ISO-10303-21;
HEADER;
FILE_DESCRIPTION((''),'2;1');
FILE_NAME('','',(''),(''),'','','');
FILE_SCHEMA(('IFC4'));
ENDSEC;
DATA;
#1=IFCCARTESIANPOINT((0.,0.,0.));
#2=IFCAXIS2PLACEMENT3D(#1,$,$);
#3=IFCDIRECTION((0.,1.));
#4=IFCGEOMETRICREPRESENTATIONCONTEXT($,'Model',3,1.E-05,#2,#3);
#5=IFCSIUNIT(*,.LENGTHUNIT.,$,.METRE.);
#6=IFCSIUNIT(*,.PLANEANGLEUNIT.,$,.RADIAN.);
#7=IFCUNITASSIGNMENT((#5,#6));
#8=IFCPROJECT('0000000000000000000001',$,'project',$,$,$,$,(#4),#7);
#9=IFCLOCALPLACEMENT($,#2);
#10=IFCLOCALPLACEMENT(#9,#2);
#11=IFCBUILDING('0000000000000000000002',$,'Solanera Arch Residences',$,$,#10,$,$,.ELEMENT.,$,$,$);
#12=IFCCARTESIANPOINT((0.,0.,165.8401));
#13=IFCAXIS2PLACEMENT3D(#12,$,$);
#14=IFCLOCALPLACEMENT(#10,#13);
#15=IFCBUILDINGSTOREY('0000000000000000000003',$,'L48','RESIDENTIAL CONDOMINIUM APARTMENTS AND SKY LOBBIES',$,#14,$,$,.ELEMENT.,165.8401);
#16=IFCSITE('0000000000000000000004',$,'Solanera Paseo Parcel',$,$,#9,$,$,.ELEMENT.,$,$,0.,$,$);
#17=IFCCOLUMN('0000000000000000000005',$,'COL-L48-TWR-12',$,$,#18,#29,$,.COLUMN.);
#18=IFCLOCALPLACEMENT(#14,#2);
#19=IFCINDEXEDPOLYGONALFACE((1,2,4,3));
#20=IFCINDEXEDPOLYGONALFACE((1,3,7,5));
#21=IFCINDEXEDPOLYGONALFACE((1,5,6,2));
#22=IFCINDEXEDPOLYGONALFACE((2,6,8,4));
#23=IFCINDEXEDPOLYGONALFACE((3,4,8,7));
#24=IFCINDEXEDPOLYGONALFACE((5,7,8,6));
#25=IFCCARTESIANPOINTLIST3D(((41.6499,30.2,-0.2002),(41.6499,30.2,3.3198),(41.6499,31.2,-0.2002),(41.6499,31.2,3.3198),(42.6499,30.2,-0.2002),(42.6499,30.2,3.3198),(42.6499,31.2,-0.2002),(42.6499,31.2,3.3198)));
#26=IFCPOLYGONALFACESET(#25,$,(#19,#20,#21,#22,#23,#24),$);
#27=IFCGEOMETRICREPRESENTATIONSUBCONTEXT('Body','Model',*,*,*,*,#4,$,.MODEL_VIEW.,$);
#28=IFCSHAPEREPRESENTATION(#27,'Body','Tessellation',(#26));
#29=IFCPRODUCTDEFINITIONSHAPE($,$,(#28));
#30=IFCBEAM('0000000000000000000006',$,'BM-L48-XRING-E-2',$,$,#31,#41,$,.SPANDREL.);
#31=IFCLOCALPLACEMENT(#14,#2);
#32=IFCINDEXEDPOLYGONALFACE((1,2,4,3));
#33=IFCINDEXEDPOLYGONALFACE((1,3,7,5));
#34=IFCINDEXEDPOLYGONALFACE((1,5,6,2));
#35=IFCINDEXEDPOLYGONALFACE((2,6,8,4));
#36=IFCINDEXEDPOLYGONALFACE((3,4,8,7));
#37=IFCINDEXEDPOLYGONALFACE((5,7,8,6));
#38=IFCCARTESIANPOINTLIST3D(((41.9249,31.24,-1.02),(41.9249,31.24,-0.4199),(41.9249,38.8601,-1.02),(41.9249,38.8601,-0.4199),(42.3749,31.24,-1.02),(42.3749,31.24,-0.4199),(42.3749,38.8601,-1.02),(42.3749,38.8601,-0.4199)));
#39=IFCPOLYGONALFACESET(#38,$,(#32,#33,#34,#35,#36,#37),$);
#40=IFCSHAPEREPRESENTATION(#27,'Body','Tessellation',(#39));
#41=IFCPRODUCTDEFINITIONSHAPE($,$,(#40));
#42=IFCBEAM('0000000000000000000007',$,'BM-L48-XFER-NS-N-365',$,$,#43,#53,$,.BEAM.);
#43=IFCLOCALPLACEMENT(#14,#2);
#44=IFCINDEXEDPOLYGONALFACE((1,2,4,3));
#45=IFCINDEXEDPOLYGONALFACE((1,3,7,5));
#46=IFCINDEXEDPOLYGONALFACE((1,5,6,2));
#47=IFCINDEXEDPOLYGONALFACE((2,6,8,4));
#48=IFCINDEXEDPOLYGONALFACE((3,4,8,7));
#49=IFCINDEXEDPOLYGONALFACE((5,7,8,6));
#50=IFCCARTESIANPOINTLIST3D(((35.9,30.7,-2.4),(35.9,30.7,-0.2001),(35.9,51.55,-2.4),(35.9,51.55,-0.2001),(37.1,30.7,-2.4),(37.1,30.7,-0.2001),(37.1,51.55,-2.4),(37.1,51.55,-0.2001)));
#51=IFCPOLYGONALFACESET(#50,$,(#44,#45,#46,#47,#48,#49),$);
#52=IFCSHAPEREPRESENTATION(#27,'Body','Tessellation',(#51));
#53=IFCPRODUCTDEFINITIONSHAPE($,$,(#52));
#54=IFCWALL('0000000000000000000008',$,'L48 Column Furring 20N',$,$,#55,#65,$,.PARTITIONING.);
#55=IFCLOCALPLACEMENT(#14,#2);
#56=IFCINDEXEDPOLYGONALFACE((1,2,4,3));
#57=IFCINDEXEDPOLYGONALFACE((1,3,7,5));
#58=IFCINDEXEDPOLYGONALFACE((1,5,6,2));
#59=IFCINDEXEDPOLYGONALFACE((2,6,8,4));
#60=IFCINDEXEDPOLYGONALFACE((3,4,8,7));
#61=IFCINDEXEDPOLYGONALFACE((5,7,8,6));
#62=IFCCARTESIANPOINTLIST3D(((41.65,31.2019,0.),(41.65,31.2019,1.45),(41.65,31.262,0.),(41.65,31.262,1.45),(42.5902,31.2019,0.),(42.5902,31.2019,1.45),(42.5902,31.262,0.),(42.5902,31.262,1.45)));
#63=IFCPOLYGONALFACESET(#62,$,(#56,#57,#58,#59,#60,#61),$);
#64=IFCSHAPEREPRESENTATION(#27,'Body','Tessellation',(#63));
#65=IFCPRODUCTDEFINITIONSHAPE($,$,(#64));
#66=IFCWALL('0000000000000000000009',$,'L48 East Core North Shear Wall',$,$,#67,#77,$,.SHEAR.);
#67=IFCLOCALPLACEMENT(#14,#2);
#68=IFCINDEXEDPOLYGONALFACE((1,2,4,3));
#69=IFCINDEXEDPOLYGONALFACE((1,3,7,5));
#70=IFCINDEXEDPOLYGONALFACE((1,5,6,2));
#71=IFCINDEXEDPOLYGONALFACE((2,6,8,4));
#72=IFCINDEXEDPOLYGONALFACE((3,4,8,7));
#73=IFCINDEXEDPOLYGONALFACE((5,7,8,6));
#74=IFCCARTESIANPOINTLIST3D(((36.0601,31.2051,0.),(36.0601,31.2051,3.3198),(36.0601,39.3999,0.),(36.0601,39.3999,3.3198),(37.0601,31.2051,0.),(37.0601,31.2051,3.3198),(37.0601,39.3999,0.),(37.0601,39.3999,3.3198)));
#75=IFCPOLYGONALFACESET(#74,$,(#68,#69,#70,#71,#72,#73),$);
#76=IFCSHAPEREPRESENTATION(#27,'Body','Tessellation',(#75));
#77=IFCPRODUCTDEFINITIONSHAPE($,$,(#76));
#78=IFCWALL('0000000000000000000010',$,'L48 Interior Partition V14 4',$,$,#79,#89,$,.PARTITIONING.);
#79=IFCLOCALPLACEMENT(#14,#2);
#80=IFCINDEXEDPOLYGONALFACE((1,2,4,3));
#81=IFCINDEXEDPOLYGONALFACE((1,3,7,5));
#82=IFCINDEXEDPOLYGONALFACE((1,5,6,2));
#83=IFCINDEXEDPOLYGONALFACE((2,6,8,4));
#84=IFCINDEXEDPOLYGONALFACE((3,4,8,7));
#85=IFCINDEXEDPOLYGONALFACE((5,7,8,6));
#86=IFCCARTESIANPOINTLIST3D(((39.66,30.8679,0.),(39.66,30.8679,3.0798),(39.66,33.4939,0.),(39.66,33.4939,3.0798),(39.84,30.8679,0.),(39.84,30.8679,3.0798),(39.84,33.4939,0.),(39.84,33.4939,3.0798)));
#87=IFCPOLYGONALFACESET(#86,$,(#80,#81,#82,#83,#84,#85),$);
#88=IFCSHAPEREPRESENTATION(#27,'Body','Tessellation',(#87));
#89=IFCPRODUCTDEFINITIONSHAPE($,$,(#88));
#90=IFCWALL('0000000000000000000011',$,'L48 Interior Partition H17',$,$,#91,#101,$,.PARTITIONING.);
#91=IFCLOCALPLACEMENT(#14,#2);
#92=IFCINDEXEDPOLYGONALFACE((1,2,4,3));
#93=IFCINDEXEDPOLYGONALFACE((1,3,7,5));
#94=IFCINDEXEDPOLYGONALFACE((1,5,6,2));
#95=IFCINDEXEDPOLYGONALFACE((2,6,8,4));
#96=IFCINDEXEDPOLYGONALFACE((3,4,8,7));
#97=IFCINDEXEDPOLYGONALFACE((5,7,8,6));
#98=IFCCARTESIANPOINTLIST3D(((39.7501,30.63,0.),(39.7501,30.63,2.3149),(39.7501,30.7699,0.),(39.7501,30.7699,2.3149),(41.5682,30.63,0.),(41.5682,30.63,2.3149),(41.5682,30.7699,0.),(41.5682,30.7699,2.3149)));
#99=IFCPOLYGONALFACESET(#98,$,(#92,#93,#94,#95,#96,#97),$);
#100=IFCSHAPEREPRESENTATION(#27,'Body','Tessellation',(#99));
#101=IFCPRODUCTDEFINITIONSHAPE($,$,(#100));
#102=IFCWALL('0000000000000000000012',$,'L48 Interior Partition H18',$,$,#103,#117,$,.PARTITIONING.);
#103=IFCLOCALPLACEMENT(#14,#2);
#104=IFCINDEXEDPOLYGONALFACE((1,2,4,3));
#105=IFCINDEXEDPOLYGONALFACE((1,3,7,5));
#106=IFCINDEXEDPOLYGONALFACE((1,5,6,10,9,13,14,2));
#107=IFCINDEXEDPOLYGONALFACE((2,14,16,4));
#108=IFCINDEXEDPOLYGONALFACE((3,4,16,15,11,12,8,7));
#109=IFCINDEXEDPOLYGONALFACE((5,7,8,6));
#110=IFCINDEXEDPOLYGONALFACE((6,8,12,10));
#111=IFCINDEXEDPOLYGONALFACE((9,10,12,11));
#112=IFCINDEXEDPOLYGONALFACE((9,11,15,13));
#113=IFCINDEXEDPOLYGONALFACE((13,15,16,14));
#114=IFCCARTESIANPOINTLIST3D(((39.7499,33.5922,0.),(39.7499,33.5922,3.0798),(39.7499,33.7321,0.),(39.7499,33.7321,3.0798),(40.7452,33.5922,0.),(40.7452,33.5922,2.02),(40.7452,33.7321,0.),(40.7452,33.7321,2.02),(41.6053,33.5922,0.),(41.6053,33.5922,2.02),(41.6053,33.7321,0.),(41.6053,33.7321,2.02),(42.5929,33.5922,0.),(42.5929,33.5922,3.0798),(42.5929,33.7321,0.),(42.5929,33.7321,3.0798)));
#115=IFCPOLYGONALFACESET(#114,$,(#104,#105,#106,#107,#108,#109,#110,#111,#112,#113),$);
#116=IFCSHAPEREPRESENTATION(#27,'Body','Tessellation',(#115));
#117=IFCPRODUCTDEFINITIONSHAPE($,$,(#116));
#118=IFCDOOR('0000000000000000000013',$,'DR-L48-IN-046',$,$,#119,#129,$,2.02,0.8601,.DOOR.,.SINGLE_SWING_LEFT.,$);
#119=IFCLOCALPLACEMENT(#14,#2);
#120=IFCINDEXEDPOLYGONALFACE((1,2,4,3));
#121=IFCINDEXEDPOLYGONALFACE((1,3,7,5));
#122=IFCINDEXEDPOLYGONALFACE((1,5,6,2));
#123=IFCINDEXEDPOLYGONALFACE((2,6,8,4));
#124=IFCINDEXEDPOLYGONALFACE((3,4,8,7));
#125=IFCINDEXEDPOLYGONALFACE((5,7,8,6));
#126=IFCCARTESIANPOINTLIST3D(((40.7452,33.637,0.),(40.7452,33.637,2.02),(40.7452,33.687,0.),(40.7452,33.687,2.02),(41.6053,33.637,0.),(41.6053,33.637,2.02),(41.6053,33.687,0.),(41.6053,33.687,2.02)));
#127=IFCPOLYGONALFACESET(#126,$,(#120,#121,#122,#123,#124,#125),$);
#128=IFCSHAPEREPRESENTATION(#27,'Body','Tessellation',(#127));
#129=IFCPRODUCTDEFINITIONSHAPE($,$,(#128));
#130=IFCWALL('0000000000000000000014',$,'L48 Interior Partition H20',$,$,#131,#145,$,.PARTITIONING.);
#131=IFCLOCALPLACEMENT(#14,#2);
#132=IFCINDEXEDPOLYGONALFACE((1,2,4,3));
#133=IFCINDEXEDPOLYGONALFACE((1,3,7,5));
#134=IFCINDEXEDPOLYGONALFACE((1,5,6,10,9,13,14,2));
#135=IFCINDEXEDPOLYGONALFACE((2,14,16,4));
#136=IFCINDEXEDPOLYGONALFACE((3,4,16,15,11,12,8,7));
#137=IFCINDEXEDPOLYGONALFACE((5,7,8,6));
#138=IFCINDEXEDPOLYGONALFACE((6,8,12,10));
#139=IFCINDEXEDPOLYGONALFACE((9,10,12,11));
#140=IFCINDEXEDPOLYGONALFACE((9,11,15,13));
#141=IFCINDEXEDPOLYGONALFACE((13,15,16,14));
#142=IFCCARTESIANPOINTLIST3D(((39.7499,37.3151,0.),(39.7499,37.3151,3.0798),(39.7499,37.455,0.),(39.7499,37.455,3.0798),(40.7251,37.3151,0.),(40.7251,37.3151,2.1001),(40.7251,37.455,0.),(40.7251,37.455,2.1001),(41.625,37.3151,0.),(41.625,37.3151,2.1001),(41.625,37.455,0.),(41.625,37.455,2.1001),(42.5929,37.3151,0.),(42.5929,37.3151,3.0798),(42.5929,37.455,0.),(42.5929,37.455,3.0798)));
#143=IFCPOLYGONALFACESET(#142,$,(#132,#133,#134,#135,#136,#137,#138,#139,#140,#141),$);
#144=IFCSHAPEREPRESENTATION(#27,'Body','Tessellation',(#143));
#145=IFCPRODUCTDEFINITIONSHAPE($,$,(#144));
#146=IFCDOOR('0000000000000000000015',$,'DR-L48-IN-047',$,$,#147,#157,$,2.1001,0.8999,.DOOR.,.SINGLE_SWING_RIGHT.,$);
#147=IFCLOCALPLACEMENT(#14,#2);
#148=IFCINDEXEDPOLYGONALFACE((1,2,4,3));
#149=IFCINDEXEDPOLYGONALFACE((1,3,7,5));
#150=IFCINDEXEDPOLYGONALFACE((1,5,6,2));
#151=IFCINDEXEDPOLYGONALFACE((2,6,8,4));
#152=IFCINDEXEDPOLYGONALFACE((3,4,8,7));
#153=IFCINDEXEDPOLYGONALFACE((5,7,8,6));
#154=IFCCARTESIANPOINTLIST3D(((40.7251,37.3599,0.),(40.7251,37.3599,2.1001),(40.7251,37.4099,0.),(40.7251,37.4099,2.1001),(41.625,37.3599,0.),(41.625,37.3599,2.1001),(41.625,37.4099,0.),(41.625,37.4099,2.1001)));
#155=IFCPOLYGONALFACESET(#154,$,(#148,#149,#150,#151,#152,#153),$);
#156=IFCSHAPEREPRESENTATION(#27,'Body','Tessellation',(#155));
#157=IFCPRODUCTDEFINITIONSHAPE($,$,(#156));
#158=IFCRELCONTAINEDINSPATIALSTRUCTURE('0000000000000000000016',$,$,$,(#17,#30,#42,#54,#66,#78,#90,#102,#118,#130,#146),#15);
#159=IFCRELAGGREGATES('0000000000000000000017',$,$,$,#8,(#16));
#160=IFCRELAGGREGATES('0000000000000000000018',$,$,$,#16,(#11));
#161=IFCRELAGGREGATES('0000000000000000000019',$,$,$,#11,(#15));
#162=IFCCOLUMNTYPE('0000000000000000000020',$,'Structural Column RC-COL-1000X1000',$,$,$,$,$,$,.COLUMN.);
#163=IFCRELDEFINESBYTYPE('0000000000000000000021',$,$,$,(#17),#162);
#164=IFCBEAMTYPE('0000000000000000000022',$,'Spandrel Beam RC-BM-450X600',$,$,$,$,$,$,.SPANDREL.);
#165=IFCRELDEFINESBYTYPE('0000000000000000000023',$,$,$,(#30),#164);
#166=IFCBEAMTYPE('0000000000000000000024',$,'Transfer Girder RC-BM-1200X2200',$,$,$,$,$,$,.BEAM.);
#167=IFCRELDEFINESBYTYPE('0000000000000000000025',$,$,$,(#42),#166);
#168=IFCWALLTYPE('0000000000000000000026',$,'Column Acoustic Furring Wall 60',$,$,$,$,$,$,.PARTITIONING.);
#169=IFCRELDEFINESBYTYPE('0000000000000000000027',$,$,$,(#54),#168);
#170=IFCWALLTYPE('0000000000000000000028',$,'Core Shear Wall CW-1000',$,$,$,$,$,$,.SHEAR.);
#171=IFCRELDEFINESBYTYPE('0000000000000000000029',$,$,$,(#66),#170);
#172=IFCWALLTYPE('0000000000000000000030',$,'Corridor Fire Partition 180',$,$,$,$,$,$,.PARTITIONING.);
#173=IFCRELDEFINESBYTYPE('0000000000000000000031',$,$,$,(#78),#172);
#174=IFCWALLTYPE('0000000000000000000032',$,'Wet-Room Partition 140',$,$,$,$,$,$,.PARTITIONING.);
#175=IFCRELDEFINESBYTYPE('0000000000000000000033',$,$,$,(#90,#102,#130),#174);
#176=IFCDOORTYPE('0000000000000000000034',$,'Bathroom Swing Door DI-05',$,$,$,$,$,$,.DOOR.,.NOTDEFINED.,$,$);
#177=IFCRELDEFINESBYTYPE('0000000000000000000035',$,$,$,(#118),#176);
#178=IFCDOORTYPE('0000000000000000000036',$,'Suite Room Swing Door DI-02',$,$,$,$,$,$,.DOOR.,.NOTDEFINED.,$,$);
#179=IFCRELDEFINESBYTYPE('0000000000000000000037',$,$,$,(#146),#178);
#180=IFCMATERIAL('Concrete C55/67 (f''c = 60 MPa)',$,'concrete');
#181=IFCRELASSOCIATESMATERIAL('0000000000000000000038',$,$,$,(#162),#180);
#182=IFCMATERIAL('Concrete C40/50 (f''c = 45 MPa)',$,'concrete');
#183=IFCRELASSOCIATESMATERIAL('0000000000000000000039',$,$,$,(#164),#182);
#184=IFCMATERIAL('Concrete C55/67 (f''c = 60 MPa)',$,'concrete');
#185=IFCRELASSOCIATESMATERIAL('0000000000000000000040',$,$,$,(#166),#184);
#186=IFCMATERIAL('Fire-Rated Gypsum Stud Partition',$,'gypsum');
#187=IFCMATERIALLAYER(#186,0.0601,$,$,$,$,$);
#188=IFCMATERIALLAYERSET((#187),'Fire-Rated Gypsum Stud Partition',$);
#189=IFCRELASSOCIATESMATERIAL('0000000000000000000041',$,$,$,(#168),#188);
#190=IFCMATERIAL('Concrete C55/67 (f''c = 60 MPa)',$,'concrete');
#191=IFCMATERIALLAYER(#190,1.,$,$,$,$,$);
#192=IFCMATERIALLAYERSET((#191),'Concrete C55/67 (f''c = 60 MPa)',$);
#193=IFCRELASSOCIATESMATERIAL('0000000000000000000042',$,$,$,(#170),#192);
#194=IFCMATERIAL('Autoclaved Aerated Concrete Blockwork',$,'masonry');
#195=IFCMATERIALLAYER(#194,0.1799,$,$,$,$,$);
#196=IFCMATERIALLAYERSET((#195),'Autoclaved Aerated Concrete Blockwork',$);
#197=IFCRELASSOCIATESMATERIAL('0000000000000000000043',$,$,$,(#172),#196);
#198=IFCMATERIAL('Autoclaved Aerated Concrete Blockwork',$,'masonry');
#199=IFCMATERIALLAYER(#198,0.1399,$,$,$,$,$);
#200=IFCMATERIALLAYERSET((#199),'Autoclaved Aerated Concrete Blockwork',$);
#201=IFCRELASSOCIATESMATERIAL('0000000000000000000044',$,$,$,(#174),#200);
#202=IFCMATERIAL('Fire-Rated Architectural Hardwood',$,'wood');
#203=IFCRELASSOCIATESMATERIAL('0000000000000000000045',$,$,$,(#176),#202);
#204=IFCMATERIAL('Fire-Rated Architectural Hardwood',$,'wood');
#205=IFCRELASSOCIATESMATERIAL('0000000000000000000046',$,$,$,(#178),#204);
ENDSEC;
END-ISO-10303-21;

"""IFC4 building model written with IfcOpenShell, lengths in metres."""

from ifc_helpers import new_model, si_unit, direction, frame, frame_2d, origin, origin_2d, place, context, subcontext, project, spatial, rectangle, extrude, material, layer, layer_set, material_profile, profile_set, type_object, element, fill, save


model = new_model("IFC4")

# Units and contexts
model_context = context("Model", 3, precision=1e-05, world=origin(), true_north=direction((0.0, 1.0)))
body_context = subcontext(model_context, "Body", "Model", "MODEL_VIEW")
ifc_project = project(units=[si_unit("LENGTHUNIT", "METRE"), si_unit("PLANEANGLEUNIT", "RADIAN")], contexts=[model_context])

# Site, building, storey
site_placement = place(None, origin())
site = spatial("IfcSite", under=ifc_project, at=site_placement, Name="Solanera Paseo Parcel", CompositionType="ELEMENT", RefElevation=0.0)
building_placement = place(site_placement, origin())
building = spatial("IfcBuilding", under=site, at=building_placement, Name="Solanera Arch Residences", CompositionType="ELEMENT")
storey_placement = place(building_placement, frame((0.0, 0.0, 165.8401)))
storey = spatial("IfcBuildingStorey", under=building, at=storey_placement, Name="L48", Description="RESIDENTIAL CONDOMINIUM APARTMENTS AND SKY LOBBIES", CompositionType="ELEMENT", Elevation=165.8401)

# Column
ifc_material_1 = material(Name="Concrete C55/67 (f'c = 60 MPa)", Category="concrete")
ifc_material_profile_1 = material_profile(ifc_material_1, rectangle(XDim=1.0, YDim=1.0, at=origin_2d()))
ifc_profile_set_1 = profile_set([ifc_material_profile_1], Name="Concrete C55/67 (f'c = 60 MPa)")
column_type = type_object("IfcColumnType", Name="Structural Column RC-COL-1000X1000", PredefinedType="COLUMN", material=ifc_profile_set_1)
column_placement = place(storey_placement, frame((42.1499, 30.7, -0.2002), z_axis=(0.0, 0.0, 1.0), x_axis=(1.0, 0.0, 0.0)))
element("IfcColumn", 1, at=column_placement, inside=storey, type_object=column_type, Name="COL-L48-TWR-12", PredefinedType="COLUMN", context=body_context, shape_type="SweptSolid", body=[
    extrude(rectangle(XDim=1.0, YDim=1.0, at=origin_2d()), origin(), (0.0, 0.0, 1.0), 3.52),
])

# Beams
ifc_material_2 = material(Name="Concrete C40/50 (f'c = 45 MPa)", Category="concrete")
ifc_material_profile_2 = material_profile(ifc_material_2, rectangle(XDim=0.45, YDim=0.6001, at=origin_2d()))
ifc_profile_set_2 = profile_set([ifc_material_profile_2], Name="Concrete C40/50 (f'c = 45 MPa)")
beam_type_1 = type_object("IfcBeamType", Name="Spandrel Beam RC-BM-450X600", PredefinedType="SPANDREL", material=ifc_profile_set_2)
beam_1_placement = place(storey_placement, frame((42.1499, 31.24, -0.72), z_axis=(0.0, 1.0, 0.0), x_axis=(-1.0, 0.0, 0.0)))
element("IfcBeam", 2, at=beam_1_placement, inside=storey, type_object=beam_type_1, Name="BM-L48-XRING-E-2", PredefinedType="SPANDREL", context=body_context, shape_type="SweptSolid", body=[
    extrude(rectangle(XDim=0.45, YDim=0.6001, at=origin_2d()), origin(), (0.0, 0.0, 1.0), 7.6201),
])
ifc_material_3 = material(Name="Concrete C55/67 (f'c = 60 MPa)", Category="concrete")
ifc_material_profile_3 = material_profile(ifc_material_3, rectangle(XDim=1.2, YDim=2.2, at=origin_2d()))
ifc_profile_set_3 = profile_set([ifc_material_profile_3], Name="Concrete C55/67 (f'c = 60 MPa)")
beam_type_2 = type_object("IfcBeamType", Name="Transfer Girder RC-BM-1200X2200", PredefinedType="BEAM", material=ifc_profile_set_3)
beam_2_placement = place(storey_placement, frame((36.5, 30.7, -1.3), z_axis=(0.0, 1.0, 0.0), x_axis=(-1.0, 0.0, 0.0)))
element("IfcBeam", 3, at=beam_2_placement, inside=storey, type_object=beam_type_2, Name="BM-L48-XFER-NS-N-365", PredefinedType="BEAM", context=body_context, shape_type="SweptSolid", body=[
    extrude(rectangle(XDim=1.2, YDim=2.2, at=origin_2d()), origin(), (0.0, 0.0, 1.0), 20.8501),
])

# Walls
ifc_material_4 = material(Name="Fire-Rated Gypsum Stud Partition", Category="gypsum")
ifc_layer_1 = layer(ifc_material_4, 0.0601)
ifc_layer_set_1 = layer_set([ifc_layer_1], Name="Fire-Rated Gypsum Stud Partition")
wall_type_1 = type_object("IfcWallType", Name="Column Acoustic Furring Wall 60", PredefinedType="PARTITIONING", material=ifc_layer_set_1)
wall_1_placement = place(storey_placement, frame((41.6499, 31.2319, 0.0), z_axis=(0.0, 0.0, 1.0), x_axis=(1.0, 0.0, 0.0)))
element("IfcWall", 4, at=wall_1_placement, inside=storey, type_object=wall_type_1, Name="L48 Column Furring 20N", PredefinedType="PARTITIONING", context=body_context, shape_type="SweptSolid", body=[
    extrude(rectangle(XDim=0.9402, YDim=0.0601, at=frame_2d((0.4702, 0.0))), origin(), (0.0, 0.0, 1.0), 1.45),
])
ifc_material_5 = material(Name="Concrete C55/67 (f'c = 60 MPa)", Category="concrete")
ifc_layer_2 = layer(ifc_material_5, 1.0)
ifc_layer_set_2 = layer_set([ifc_layer_2], Name="Concrete C55/67 (f'c = 60 MPa)")
wall_type_2 = type_object("IfcWallType", Name="Core Shear Wall CW-1000", PredefinedType="SHEAR", material=ifc_layer_set_2)
wall_2_placement = place(storey_placement, frame((36.5601, 31.2051, 0.0), z_axis=(0.0, 0.0, 1.0), x_axis=(0.0, 1.0, 0.0)))
element("IfcWall", 5, at=wall_2_placement, inside=storey, type_object=wall_type_2, Name="L48 East Core North Shear Wall", PredefinedType="SHEAR", context=body_context, shape_type="SweptSolid", body=[
    extrude(rectangle(XDim=8.1948, YDim=1.0, at=frame_2d((4.0974, 0.0))), origin(), (0.0, 0.0, 1.0), 3.3198),
])

# Wall
ifc_material_6 = material(Name="Autoclaved Aerated Concrete Blockwork", Category="masonry")
ifc_layer_3 = layer(ifc_material_6, 0.1799)
ifc_layer_set_3 = layer_set([ifc_layer_3], Name="Autoclaved Aerated Concrete Blockwork")
wall_type_3 = type_object("IfcWallType", Name="Corridor Fire Partition 180", PredefinedType="PARTITIONING", material=ifc_layer_set_3)
wall_3_placement = place(storey_placement, frame((39.75, 30.8679, 0.0), z_axis=(0.0, 0.0, 1.0), x_axis=(0.0, 1.0, 0.0)))
element("IfcWall", 6, at=wall_3_placement, inside=storey, type_object=wall_type_3, Name="L48 Interior Partition V14 4", PredefinedType="PARTITIONING", context=body_context, shape_type="SweptSolid", body=[
    extrude(rectangle(XDim=2.626, YDim=0.1799, at=frame_2d((1.313, 0.0))), origin(), (0.0, 0.0, 1.0), 3.0798),
])

# Wall
ifc_material_7 = material(Name="Autoclaved Aerated Concrete Blockwork", Category="masonry")
ifc_layer_4 = layer(ifc_material_7, 0.1399)
ifc_layer_set_4 = layer_set([ifc_layer_4], Name="Autoclaved Aerated Concrete Blockwork")
wall_type_4 = type_object("IfcWallType", Name="Wet-Room Partition 140", PredefinedType="PARTITIONING", material=ifc_layer_set_4)
wall_4_placement = place(storey_placement, frame((39.75, 30.7, 0.0), z_axis=(0.0, 0.0, 1.0), x_axis=(1.0, 0.0, 0.0)))
element("IfcWall", 7, at=wall_4_placement, inside=storey, type_object=wall_type_4, Name="L48 Interior Partition H17", PredefinedType="PARTITIONING", context=body_context, shape_type="SweptSolid", body=[
    extrude(rectangle(XDim=1.8181, YDim=0.1399, at=frame_2d((0.9092, 0.0))), origin(), (0.0, 0.0, 1.0), 2.3149),
])

# Walls, openings, doors
wall_5_placement = place(storey_placement, frame((39.75, 33.6621, 0.0), z_axis=(0.0, 0.0, 1.0), x_axis=(1.0, 0.0, 0.0)))
wall_5 = element("IfcWall", 8, at=wall_5_placement, inside=storey, type_object=wall_type_4, Name="L48 Interior Partition H18", PredefinedType="PARTITIONING", context=body_context, shape_type="SweptSolid", body=[
    extrude(rectangle(XDim=2.843, YDim=0.1399, at=frame_2d((1.4214, 0.0))), origin(), (0.0, 0.0, 1.0), 3.0798),
])
opening_1_placement = place(wall_5_placement, frame((0.9951, 0.0, 0.0)))
opening_1 = element("IfcOpeningElement", 9, at=opening_1_placement, cuts=wall_5, PredefinedType="OPENING", context=body_context, shape_type="SweptSolid", body=[
    extrude(rectangle(XDim=0.8601, YDim=2.02, at=frame_2d((0.4302, 1.01))), frame((0.0, 0.0798, 0.0), z_axis=(0.0, -1.0, 0.0), x_axis=(1.0, 0.0, 0.0)), (0.0, 0.0, 1.0), 0.1599),
])
ifc_material_8 = material(Name="Fire-Rated Architectural Hardwood", Category="wood")
door_type_1 = type_object("IfcDoorType", Name="Bathroom Swing Door DI-05", OperationType="NOTDEFINED", PredefinedType="DOOR", material=ifc_material_8)
door_1_placement = place(opening_1_placement, origin())
door_1 = element("IfcDoor", 10, at=door_1_placement, inside=storey, type_object=door_type_1, Name="DR-L48-IN-046", OperationType="SINGLE_SWING_LEFT", OverallHeight=2.02, OverallWidth=0.8601, PredefinedType="DOOR", context=body_context, shape_type="SweptSolid", body=[
    extrude(rectangle(XDim=0.8601, YDim=2.02, at=frame_2d((0.4302, 1.01))), frame((0.0, 0.0249, 0.0), z_axis=(0.0, -1.0, 0.0), x_axis=(1.0, 0.0, 0.0)), (0.0, 0.0, 1.0), 0.05),
])
fill(opening_1, door_1)
wall_6_placement = place(storey_placement, frame((39.75, 37.385, 0.0), z_axis=(0.0, 0.0, 1.0), x_axis=(1.0, 0.0, 0.0)))
wall_6 = element("IfcWall", 11, at=wall_6_placement, inside=storey, type_object=wall_type_4, Name="L48 Interior Partition H20", PredefinedType="PARTITIONING", context=body_context, shape_type="SweptSolid", body=[
    extrude(rectangle(XDim=2.843, YDim=0.1399, at=frame_2d((1.4214, 0.0))), origin(), (0.0, 0.0, 1.0), 3.0798),
])
opening_2_placement = place(wall_6_placement, frame((0.9751, 0.0, 0.0)))
opening_2 = element("IfcOpeningElement", 12, at=opening_2_placement, cuts=wall_6, PredefinedType="OPENING", context=body_context, shape_type="SweptSolid", body=[
    extrude(rectangle(XDim=0.8999, YDim=2.1001, at=frame_2d((0.45, 1.05))), frame((0.0, 0.0798, 0.0), z_axis=(0.0, -1.0, 0.0), x_axis=(1.0, 0.0, 0.0)), (0.0, 0.0, 1.0), 0.1599),
])
ifc_material_9 = material(Name="Fire-Rated Architectural Hardwood", Category="wood")
door_type_2 = type_object("IfcDoorType", Name="Suite Room Swing Door DI-02", OperationType="NOTDEFINED", PredefinedType="DOOR", material=ifc_material_9)
door_2_placement = place(opening_2_placement, origin())
door_2 = element("IfcDoor", 13, at=door_2_placement, inside=storey, type_object=door_type_2, Name="DR-L48-IN-047", OperationType="SINGLE_SWING_RIGHT", OverallHeight=2.1001, OverallWidth=0.8999, PredefinedType="DOOR", context=body_context, shape_type="SweptSolid", body=[
    extrude(rectangle(XDim=0.8999, YDim=2.1001, at=frame_2d((0.45, 1.05))), frame((0.0, 0.0249, 0.0), z_axis=(0.0, -1.0, 0.0), x_axis=(1.0, 0.0, 0.0)), (0.0, 0.0, 1.0), 0.05),
])
fill(opening_2, door_2)

save(model, "model.ifc")
